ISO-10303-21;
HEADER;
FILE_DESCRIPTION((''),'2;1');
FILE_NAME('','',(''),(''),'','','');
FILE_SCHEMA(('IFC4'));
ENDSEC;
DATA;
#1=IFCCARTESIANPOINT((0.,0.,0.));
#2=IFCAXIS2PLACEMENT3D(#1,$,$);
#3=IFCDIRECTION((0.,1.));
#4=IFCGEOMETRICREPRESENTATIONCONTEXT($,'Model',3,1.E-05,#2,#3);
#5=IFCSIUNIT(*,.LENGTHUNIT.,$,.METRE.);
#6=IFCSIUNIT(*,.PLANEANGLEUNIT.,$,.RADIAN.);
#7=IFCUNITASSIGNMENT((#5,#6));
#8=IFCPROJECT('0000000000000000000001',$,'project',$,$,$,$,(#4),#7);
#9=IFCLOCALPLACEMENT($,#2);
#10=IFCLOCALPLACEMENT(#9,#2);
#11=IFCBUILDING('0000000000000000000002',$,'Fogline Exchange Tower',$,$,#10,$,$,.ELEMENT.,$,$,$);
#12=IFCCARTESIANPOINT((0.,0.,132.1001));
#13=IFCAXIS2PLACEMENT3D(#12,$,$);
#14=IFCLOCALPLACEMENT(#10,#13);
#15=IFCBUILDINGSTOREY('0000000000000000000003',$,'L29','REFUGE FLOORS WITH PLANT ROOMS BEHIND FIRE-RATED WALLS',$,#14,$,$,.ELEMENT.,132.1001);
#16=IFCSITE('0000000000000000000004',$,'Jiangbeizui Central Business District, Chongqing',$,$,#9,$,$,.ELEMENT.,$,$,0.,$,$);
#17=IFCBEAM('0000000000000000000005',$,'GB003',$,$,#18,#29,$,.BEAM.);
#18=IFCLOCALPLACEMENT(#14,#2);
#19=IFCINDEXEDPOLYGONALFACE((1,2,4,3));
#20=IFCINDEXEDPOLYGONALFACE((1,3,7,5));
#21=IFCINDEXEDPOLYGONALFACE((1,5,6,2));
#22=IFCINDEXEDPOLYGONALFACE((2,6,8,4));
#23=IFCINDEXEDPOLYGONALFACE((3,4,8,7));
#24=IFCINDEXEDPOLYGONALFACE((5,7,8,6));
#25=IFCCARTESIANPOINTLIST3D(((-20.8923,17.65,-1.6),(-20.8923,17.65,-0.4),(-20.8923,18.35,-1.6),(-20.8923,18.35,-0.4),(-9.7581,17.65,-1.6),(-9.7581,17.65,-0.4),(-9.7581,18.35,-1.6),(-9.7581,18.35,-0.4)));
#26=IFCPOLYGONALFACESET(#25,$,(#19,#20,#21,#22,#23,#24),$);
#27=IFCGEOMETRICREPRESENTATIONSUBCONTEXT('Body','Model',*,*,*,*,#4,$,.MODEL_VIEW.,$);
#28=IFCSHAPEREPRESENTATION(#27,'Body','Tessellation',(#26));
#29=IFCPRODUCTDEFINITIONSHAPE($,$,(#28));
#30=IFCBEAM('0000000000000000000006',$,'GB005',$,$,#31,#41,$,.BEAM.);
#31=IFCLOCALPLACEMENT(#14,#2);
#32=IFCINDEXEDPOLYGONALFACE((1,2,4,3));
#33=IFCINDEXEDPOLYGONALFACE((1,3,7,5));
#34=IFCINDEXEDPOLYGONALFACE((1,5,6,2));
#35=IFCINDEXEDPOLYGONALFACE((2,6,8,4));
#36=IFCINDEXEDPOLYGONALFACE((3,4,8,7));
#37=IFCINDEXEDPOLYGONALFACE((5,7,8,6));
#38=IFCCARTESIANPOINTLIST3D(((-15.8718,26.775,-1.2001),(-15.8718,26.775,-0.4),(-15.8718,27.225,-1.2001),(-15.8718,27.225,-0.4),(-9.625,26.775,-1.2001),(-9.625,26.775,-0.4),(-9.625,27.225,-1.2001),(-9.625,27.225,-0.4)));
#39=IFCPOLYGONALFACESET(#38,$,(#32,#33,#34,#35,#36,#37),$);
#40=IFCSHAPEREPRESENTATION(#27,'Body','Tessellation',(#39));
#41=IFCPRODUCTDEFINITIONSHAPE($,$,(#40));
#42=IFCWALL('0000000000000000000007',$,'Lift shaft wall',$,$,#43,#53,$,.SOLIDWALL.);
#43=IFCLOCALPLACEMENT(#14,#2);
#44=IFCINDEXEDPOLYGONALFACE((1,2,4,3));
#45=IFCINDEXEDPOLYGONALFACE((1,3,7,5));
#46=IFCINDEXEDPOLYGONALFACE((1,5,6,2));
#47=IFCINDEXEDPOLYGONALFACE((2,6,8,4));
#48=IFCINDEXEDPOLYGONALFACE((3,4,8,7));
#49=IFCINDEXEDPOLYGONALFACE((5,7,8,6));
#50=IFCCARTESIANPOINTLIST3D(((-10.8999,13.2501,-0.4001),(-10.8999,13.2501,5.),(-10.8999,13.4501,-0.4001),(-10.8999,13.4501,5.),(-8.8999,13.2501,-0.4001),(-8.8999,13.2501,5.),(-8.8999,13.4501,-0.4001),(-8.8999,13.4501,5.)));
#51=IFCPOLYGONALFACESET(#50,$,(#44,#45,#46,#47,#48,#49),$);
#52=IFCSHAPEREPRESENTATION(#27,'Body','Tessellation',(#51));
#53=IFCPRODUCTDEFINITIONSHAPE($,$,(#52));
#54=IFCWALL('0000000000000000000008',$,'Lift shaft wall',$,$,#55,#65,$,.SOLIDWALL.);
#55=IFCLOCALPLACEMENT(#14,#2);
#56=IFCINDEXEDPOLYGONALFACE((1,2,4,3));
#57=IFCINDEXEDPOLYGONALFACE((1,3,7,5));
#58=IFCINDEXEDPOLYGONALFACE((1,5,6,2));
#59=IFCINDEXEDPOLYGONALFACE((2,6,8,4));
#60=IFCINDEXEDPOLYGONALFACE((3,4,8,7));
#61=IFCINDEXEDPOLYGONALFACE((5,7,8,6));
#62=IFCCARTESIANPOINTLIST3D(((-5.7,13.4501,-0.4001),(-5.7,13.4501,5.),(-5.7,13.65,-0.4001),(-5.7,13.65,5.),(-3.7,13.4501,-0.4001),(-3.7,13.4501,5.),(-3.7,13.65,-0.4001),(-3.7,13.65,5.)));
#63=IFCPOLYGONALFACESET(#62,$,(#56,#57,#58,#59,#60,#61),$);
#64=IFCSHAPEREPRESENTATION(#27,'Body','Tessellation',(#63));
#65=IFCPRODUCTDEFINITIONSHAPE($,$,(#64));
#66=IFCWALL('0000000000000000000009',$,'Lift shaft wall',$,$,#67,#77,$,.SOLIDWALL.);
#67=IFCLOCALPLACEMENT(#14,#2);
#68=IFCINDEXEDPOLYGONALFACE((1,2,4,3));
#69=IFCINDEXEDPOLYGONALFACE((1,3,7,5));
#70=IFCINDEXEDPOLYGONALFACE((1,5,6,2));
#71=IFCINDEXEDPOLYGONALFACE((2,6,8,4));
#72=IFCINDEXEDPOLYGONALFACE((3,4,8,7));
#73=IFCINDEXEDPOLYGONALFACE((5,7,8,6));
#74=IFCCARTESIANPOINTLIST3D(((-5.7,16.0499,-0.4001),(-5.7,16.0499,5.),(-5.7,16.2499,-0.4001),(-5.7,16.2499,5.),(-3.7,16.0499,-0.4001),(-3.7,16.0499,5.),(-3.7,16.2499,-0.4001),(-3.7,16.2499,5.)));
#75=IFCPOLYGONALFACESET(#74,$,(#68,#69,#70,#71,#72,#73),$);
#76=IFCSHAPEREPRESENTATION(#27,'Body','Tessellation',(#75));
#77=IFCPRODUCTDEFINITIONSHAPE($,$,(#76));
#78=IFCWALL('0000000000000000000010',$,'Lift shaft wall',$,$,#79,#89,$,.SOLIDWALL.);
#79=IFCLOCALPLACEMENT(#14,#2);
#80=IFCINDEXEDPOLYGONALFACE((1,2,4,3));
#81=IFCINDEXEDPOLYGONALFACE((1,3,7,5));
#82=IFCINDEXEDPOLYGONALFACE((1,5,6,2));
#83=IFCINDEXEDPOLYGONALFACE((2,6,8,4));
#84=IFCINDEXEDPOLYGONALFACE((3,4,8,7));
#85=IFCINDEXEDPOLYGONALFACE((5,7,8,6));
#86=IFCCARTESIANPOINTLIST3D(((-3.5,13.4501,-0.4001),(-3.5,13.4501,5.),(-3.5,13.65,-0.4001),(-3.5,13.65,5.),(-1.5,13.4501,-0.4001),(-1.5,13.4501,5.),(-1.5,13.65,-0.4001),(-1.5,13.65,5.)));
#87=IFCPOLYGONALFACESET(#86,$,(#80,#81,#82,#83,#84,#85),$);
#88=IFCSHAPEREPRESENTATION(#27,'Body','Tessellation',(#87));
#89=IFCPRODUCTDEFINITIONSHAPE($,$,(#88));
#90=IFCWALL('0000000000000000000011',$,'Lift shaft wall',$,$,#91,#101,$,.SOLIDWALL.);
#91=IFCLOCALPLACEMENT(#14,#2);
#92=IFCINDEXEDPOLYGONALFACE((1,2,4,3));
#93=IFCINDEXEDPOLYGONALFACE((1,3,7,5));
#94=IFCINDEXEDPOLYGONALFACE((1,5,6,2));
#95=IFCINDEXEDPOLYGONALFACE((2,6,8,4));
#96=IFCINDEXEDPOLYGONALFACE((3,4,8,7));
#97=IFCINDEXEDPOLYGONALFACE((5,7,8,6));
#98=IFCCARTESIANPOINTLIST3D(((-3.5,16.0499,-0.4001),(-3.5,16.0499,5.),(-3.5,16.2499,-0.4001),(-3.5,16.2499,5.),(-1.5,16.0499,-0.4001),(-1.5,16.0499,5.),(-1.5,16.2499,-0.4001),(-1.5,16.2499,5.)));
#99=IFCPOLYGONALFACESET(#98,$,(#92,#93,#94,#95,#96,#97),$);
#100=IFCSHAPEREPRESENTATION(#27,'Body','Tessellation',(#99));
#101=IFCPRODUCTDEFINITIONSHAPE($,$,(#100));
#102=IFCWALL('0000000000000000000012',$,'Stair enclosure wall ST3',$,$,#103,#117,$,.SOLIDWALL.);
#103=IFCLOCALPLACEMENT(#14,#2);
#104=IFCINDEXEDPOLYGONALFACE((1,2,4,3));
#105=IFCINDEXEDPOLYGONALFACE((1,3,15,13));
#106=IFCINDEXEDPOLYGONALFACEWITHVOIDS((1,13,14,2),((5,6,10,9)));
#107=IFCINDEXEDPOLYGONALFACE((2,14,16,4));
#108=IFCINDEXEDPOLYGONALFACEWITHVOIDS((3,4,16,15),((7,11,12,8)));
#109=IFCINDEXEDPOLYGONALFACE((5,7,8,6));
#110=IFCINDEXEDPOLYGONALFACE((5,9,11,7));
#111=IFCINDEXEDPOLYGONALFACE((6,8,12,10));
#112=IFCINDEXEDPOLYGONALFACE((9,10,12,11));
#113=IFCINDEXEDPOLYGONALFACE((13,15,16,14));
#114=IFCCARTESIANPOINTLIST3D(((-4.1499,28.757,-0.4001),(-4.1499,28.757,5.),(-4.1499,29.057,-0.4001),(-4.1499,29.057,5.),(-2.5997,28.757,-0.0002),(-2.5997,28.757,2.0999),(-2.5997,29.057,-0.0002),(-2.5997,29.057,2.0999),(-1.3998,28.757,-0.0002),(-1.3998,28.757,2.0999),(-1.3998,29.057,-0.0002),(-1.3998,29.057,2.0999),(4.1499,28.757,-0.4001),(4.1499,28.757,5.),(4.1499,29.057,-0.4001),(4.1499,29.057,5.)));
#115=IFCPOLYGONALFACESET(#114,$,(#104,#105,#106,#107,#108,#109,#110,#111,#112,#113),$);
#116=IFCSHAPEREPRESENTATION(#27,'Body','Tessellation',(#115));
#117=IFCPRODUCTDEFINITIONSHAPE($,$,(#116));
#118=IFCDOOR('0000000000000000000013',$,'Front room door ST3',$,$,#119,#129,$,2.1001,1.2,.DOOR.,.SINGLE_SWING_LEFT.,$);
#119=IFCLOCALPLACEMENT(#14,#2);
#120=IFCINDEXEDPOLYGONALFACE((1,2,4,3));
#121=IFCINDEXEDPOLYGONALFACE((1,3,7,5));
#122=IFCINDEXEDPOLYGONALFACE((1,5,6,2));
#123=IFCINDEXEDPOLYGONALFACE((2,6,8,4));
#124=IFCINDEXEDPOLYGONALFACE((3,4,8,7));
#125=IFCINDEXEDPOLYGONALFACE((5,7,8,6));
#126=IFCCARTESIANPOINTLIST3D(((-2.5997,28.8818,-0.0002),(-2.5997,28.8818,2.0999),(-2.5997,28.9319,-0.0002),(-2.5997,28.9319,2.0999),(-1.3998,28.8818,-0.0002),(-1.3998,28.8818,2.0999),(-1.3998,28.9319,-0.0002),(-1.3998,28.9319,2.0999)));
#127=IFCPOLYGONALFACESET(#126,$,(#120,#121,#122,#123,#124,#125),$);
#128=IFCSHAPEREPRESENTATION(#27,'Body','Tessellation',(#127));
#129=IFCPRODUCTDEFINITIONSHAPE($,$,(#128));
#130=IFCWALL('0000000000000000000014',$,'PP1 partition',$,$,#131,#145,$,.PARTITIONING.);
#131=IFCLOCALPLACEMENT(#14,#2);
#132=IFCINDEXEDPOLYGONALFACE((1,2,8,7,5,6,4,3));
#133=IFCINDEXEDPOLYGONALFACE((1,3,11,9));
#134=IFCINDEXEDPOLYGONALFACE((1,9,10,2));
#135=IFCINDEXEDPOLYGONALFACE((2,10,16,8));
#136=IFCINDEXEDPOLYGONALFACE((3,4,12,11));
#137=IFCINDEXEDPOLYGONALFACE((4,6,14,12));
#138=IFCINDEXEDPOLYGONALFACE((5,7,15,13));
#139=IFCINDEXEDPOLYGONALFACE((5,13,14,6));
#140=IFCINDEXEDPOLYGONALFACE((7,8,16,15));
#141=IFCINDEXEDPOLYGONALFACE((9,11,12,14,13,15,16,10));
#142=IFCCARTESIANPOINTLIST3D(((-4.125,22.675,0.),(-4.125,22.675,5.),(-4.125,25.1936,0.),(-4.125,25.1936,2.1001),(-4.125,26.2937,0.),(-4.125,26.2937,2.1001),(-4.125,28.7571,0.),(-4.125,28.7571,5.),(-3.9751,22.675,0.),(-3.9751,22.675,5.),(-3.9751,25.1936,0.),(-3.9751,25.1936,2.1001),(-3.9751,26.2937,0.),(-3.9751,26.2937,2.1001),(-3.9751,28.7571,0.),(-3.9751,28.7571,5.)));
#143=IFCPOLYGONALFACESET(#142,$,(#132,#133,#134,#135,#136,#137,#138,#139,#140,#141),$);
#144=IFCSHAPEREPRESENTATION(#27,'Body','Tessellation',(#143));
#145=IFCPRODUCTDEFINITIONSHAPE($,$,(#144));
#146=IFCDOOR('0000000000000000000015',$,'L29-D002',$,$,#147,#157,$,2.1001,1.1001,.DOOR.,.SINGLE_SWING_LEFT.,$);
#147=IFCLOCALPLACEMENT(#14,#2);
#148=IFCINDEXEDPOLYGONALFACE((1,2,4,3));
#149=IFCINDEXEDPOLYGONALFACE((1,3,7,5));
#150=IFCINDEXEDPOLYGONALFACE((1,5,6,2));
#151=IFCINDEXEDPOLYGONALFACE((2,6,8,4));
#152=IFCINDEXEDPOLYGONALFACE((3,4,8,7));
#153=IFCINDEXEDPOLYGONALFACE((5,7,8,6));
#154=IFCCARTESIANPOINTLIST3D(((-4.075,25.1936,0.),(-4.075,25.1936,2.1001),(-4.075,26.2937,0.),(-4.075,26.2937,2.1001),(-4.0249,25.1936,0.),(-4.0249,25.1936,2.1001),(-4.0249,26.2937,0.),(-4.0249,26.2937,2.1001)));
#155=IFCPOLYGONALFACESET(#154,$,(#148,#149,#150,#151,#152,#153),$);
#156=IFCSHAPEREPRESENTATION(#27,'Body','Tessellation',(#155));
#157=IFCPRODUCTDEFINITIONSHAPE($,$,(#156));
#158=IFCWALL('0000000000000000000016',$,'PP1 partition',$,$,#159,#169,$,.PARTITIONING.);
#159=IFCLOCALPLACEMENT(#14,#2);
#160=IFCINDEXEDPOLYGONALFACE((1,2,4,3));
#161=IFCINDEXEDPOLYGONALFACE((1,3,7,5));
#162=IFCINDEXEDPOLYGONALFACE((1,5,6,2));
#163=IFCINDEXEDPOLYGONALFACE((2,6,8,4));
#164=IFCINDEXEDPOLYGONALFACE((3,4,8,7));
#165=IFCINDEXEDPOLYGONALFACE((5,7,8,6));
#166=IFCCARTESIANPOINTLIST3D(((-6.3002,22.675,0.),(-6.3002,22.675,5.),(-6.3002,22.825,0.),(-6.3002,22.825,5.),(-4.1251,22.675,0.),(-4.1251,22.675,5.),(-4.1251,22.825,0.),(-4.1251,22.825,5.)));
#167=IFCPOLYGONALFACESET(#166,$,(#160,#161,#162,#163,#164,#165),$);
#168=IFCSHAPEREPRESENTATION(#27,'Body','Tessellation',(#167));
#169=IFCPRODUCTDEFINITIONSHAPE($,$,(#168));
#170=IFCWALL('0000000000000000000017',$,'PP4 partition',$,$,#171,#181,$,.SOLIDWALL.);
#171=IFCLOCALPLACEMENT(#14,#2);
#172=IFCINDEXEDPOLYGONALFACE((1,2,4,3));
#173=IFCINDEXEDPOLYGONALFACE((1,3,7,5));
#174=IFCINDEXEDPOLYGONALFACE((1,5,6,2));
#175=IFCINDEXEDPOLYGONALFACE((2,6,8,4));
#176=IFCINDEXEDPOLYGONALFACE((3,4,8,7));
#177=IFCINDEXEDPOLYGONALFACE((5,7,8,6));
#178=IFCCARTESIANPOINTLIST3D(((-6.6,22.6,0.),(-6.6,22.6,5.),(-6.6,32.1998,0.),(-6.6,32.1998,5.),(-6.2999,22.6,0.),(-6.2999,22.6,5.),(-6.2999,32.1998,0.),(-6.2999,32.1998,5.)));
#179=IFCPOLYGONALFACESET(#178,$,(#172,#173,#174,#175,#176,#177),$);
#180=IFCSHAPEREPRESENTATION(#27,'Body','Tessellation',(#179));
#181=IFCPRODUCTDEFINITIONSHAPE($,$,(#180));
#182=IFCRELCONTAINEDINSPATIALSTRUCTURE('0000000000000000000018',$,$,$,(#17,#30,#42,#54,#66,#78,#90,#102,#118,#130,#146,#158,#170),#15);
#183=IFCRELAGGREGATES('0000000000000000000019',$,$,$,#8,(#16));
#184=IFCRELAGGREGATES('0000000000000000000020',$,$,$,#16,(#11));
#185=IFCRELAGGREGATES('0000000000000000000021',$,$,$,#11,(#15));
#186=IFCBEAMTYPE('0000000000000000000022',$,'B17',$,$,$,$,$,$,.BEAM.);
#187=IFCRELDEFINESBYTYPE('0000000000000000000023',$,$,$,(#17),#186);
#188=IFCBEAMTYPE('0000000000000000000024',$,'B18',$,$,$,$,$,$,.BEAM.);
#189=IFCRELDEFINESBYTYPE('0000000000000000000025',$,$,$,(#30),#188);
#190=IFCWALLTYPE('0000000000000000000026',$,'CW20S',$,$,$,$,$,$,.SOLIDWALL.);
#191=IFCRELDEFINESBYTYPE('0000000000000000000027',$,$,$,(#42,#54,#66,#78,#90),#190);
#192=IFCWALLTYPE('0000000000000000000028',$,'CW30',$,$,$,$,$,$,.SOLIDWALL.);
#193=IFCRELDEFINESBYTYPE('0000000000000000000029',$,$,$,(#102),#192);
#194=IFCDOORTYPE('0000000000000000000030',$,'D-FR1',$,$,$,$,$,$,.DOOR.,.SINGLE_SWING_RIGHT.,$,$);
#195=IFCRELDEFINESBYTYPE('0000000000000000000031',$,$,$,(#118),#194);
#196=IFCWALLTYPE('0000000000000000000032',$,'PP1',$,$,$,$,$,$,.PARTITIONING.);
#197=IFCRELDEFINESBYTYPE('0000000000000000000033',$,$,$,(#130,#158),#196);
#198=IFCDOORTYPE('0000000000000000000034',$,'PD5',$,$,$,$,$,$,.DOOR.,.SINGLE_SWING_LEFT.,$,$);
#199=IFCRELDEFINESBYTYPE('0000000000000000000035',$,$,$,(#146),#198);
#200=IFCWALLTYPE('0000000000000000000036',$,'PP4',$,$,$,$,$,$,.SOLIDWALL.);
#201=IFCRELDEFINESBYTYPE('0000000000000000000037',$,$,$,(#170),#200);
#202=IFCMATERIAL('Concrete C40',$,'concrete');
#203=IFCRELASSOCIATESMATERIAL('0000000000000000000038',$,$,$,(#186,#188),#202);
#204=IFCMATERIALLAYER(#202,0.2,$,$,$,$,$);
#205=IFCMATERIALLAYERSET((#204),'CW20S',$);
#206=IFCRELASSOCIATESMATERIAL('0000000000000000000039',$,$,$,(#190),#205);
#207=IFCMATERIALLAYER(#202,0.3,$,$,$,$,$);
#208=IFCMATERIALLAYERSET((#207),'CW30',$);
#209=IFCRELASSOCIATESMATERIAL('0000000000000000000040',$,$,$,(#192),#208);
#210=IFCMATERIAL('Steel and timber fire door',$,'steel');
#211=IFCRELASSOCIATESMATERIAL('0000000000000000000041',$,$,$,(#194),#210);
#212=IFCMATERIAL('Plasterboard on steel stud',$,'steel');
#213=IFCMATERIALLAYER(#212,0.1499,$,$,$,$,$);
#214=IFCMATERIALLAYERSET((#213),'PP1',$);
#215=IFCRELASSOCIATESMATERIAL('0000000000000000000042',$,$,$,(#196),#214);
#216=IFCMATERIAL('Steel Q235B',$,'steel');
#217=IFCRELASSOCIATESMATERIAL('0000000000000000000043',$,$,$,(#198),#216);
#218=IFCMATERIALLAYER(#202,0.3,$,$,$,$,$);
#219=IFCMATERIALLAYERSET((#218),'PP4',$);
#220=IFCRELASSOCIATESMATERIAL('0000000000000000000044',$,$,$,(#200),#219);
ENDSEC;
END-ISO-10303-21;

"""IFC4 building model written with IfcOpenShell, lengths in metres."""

from ifc_helpers import new_model, si_unit, direction, frame, frame_2d, origin, origin_2d, place, context, subcontext, project, spatial, rectangle, extrude, material, layer, layer_set, material_profile, profile_set, type_object, element, fill, save


model = new_model("IFC4")

# Units and contexts
model_context = context("Model", 3, precision=1e-05, world=origin(), true_north=direction((0.0, 1.0)))
body_context = subcontext(model_context, "Body", "Model", "MODEL_VIEW")
ifc_project = project(units=[si_unit("LENGTHUNIT", "METRE"), si_unit("PLANEANGLEUNIT", "RADIAN")], contexts=[model_context])

# Site, building, storey
site_placement = place(None, origin())
site = spatial("IfcSite", under=ifc_project, at=site_placement, Name="Jiangbeizui Central Business District, Chongqing", CompositionType="ELEMENT", RefElevation=0.0)
building_placement = place(site_placement, origin())
building = spatial("IfcBuilding", under=site, at=building_placement, Name="Fogline Exchange Tower", CompositionType="ELEMENT")
storey_placement = place(building_placement, frame((0.0, 0.0, 132.1001)))
storey = spatial("IfcBuildingStorey", under=building, at=storey_placement, Name="L29", Description="REFUGE FLOORS WITH PLANT ROOMS BEHIND FIRE-RATED WALLS", CompositionType="ELEMENT", Elevation=132.1001)

# Beams
ifc_material_1 = material(Name="Concrete C40", Category="concrete")
ifc_material_profile_1 = material_profile(ifc_material_1, rectangle(XDim=0.7, YDim=1.2, at=origin_2d()), Name="RC 700x1200")
ifc_profile_set_1 = profile_set([ifc_material_profile_1], Name="Concrete C40")
beam_type_1 = type_object("IfcBeamType", Name="B17", PredefinedType="BEAM", material=ifc_profile_set_1)
beam_1_placement = place(storey_placement, frame((-20.8923, 18.0, -1.0), z_axis=(1.0, 0.0, 0.0), x_axis=(0.0, 1.0, 0.0)))
element("IfcBeam", 1, at=beam_1_placement, inside=storey, type_object=beam_type_1, Name="GB003", PredefinedType="BEAM", context=body_context, shape_type="SweptSolid", body=[
    extrude(rectangle(XDim=0.7, YDim=1.2, at=origin_2d()), origin(), (0.0, 0.0, 1.0), 11.1343),
])
ifc_material_profile_2 = material_profile(ifc_material_1, rectangle(XDim=0.45, YDim=0.8, at=origin_2d()), Name="RC 450x800")
ifc_profile_set_2 = profile_set([ifc_material_profile_2], Name="Concrete C40")
beam_type_2 = type_object("IfcBeamType", Name="B18", PredefinedType="BEAM", material=ifc_profile_set_2)
beam_2_placement = place(storey_placement, frame((-15.8718, 27.0, -0.8), z_axis=(1.0, 0.0, 0.0), x_axis=(0.0, 1.0, 0.0)))
element("IfcBeam", 2, at=beam_2_placement, inside=storey, type_object=beam_type_2, Name="GB005", PredefinedType="BEAM", context=body_context, shape_type="SweptSolid", body=[
    extrude(rectangle(XDim=0.45, YDim=0.8, at=origin_2d()), origin(), (0.0, 0.0, 1.0), 6.2468),
])

# Walls
ifc_layer_1 = layer(ifc_material_1, 0.2)
ifc_layer_set_1 = layer_set([ifc_layer_1], Name="CW20S")
wall_type_1 = type_object("IfcWallType", Name="CW20S", PredefinedType="SOLIDWALL", material=ifc_layer_set_1)
for number, where, z_axis, x_axis, name in (
    (3, (-10.8999, 13.3501, -0.4001), (0.0, 0.0, 1.0), (1.0, 0.0, 0.0), "Lift shaft wall"),
    (4, (-5.7, 13.55, -0.4001), (0.0, 0.0, 1.0), (1.0, 0.0, 0.0), "Lift shaft wall"),
    (5, (-5.7, 16.1499, -0.4001), (0.0, 0.0, 1.0), (1.0, 0.0, 0.0), "Lift shaft wall"),
    (6, (-3.5, 13.55, -0.4001), (0.0, 0.0, 1.0), (1.0, 0.0, 0.0), "Lift shaft wall"),
    (7, (-3.5, 16.1499, -0.4001), (0.0, 0.0, 1.0), (1.0, 0.0, 0.0), "Lift shaft wall"),
):
    element("IfcWall", number, at=place(storey_placement, frame(where, z_axis=z_axis, x_axis=x_axis)), inside=storey, type_object=wall_type_1, Name=name, PredefinedType="SOLIDWALL", context=body_context, shape_type="SweptSolid", body=[
        extrude(rectangle(XDim=2.0, YDim=0.2, at=frame_2d((1.0, 0.0))), origin(), (0.0, 0.0, 1.0), 5.4001),
    ])

# Walls, openings, doors
ifc_layer_2 = layer(ifc_material_1, 0.3)
ifc_layer_set_2 = layer_set([ifc_layer_2], Name="CW30")
wall_type_2 = type_object("IfcWallType", Name="CW30", PredefinedType="SOLIDWALL", material=ifc_layer_set_2)
wall_1_placement = place(storey_placement, frame((-4.1499, 28.907, -0.4001), z_axis=(0.0, 0.0, 1.0), x_axis=(1.0, 0.0, 0.0)))
wall_1 = element("IfcWall", 8, at=wall_1_placement, inside=storey, type_object=wall_type_2, Name="Stair enclosure wall ST3", PredefinedType="SOLIDWALL", context=body_context, shape_type="SweptSolid", body=[
    extrude(rectangle(XDim=8.2998, YDim=0.3, at=frame_2d((4.1499, 0.0))), origin(), (0.0, 0.0, 1.0), 5.4001),
])
opening_1_placement = place(wall_1_placement, frame((1.55, 0.0, 0.3999)))
opening_1 = element("IfcOpeningElement", 9, at=opening_1_placement, cuts=wall_1, PredefinedType="OPENING", context=body_context, shape_type="SweptSolid", body=[
    extrude(rectangle(XDim=1.2, YDim=2.1001, at=frame_2d((0.6001, 1.05))), frame((0.0, 0.1602, 0.0), z_axis=(0.0, -1.0, 0.0), x_axis=(1.0, 0.0, 0.0)), (0.0, 0.0, 1.0), 0.3201),
])
ifc_material_2 = material(Name="Steel and timber fire door", Category="steel")
door_type_1 = type_object("IfcDoorType", Name="D-FR1", OperationType="SINGLE_SWING_RIGHT", PredefinedType="DOOR", material=ifc_material_2)
door_1_placement = place(opening_1_placement, origin())
door_1 = element("IfcDoor", 10, at=door_1_placement, inside=storey, type_object=door_type_1, Name="Front room door ST3", OperationType="SINGLE_SWING_LEFT", OverallHeight=2.1001, OverallWidth=1.2, PredefinedType="DOOR", context=body_context, shape_type="SweptSolid", body=[
    extrude(rectangle(XDim=1.2, YDim=2.1001, at=frame_2d((0.6001, 1.05))), frame((0.0, 0.0249, 0.0), z_axis=(0.0, -1.0, 0.0), x_axis=(1.0, 0.0, 0.0)), (0.0, 0.0, 1.0), 0.05),
])
fill(opening_1, door_1)
ifc_material_3 = material(Name="Plasterboard on steel stud", Category="steel")
ifc_layer_3 = layer(ifc_material_3, 0.1499)
ifc_layer_set_3 = layer_set([ifc_layer_3], Name="PP1")
wall_type_3 = type_object("IfcWallType", Name="PP1", PredefinedType="PARTITIONING", material=ifc_layer_set_3)
wall_2_placement = place(storey_placement, frame((-4.05, 22.675, 0.0), z_axis=(0.0, 0.0, 1.0), x_axis=(0.0, 1.0, 0.0)))
wall_2 = element("IfcWall", 11, at=wall_2_placement, inside=storey, type_object=wall_type_3, Name="PP1 partition", PredefinedType="PARTITIONING", context=body_context, shape_type="SweptSolid", body=[
    extrude(rectangle(XDim=6.082, YDim=0.1499, at=frame_2d((3.041, 0.0))), origin(), (0.0, 0.0, 1.0), 5.0),
])
opening_2_placement = place(wall_2_placement, frame((2.5186, 0.0, 0.0)))
opening_2 = element("IfcOpeningElement", 12, at=opening_2_placement, cuts=wall_2, PredefinedType="OPENING", context=body_context, shape_type="SweptSolid", body=[
    extrude(rectangle(XDim=1.1001, YDim=2.1001, at=frame_2d((0.55, 1.05))), frame((0.0, 0.085, 0.0), z_axis=(0.0, -1.0, 0.0), x_axis=(1.0, 0.0, 0.0)), (0.0, 0.0, 1.0), 0.1699),
])
ifc_material_4 = material(Name="Steel Q235B", Category="steel")
door_type_2 = type_object("IfcDoorType", Name="PD5", OperationType="SINGLE_SWING_LEFT", PredefinedType="DOOR", material=ifc_material_4)
door_2_placement = place(opening_2_placement, origin())
door_2 = element("IfcDoor", 13, at=door_2_placement, inside=storey, type_object=door_type_2, Name="L29-D002", OperationType="SINGLE_SWING_LEFT", OverallHeight=2.1001, OverallWidth=1.1001, PredefinedType="DOOR", context=body_context, shape_type="SweptSolid", body=[
    extrude(rectangle(XDim=1.1001, YDim=2.1001, at=frame_2d((0.55, 1.05))), frame((0.0, 0.0249, 0.0), z_axis=(0.0, -1.0, 0.0), x_axis=(1.0, 0.0, 0.0)), (0.0, 0.0, 1.0), 0.05),
])
fill(opening_2, door_2)

# Walls
wall_3_placement = place(storey_placement, frame((-6.3, 22.75, 0.0), z_axis=(0.0, 0.0, 1.0), x_axis=(1.0, 0.0, 0.0)))
element("IfcWall", 14, at=wall_3_placement, inside=storey, type_object=wall_type_3, Name="PP1 partition", PredefinedType="PARTITIONING", context=body_context, shape_type="SweptSolid", body=[
    extrude(rectangle(XDim=2.175, YDim=0.1499, at=frame_2d((1.0874, 0.0))), origin(), (0.0, 0.0, 1.0), 5.0),
])
ifc_layer_4 = layer(ifc_material_1, 0.3)
ifc_layer_set_4 = layer_set([ifc_layer_4], Name="PP4")
wall_type_4 = type_object("IfcWallType", Name="PP4", PredefinedType="SOLIDWALL", material=ifc_layer_set_4)
wall_4_placement = place(storey_placement, frame((-6.45, 22.6001, 0.0), z_axis=(0.0, 0.0, 1.0), x_axis=(0.0, 1.0, 0.0)))
element("IfcWall", 15, at=wall_4_placement, inside=storey, type_object=wall_type_4, Name="PP4 partition", PredefinedType="SOLIDWALL", context=body_context, shape_type="SweptSolid", body=[
    extrude(rectangle(XDim=9.5999, YDim=0.3, at=frame_2d((4.7998, 0.0))), origin(), (0.0, 0.0, 1.0), 5.0),
])

save(model, "model.ifc")
